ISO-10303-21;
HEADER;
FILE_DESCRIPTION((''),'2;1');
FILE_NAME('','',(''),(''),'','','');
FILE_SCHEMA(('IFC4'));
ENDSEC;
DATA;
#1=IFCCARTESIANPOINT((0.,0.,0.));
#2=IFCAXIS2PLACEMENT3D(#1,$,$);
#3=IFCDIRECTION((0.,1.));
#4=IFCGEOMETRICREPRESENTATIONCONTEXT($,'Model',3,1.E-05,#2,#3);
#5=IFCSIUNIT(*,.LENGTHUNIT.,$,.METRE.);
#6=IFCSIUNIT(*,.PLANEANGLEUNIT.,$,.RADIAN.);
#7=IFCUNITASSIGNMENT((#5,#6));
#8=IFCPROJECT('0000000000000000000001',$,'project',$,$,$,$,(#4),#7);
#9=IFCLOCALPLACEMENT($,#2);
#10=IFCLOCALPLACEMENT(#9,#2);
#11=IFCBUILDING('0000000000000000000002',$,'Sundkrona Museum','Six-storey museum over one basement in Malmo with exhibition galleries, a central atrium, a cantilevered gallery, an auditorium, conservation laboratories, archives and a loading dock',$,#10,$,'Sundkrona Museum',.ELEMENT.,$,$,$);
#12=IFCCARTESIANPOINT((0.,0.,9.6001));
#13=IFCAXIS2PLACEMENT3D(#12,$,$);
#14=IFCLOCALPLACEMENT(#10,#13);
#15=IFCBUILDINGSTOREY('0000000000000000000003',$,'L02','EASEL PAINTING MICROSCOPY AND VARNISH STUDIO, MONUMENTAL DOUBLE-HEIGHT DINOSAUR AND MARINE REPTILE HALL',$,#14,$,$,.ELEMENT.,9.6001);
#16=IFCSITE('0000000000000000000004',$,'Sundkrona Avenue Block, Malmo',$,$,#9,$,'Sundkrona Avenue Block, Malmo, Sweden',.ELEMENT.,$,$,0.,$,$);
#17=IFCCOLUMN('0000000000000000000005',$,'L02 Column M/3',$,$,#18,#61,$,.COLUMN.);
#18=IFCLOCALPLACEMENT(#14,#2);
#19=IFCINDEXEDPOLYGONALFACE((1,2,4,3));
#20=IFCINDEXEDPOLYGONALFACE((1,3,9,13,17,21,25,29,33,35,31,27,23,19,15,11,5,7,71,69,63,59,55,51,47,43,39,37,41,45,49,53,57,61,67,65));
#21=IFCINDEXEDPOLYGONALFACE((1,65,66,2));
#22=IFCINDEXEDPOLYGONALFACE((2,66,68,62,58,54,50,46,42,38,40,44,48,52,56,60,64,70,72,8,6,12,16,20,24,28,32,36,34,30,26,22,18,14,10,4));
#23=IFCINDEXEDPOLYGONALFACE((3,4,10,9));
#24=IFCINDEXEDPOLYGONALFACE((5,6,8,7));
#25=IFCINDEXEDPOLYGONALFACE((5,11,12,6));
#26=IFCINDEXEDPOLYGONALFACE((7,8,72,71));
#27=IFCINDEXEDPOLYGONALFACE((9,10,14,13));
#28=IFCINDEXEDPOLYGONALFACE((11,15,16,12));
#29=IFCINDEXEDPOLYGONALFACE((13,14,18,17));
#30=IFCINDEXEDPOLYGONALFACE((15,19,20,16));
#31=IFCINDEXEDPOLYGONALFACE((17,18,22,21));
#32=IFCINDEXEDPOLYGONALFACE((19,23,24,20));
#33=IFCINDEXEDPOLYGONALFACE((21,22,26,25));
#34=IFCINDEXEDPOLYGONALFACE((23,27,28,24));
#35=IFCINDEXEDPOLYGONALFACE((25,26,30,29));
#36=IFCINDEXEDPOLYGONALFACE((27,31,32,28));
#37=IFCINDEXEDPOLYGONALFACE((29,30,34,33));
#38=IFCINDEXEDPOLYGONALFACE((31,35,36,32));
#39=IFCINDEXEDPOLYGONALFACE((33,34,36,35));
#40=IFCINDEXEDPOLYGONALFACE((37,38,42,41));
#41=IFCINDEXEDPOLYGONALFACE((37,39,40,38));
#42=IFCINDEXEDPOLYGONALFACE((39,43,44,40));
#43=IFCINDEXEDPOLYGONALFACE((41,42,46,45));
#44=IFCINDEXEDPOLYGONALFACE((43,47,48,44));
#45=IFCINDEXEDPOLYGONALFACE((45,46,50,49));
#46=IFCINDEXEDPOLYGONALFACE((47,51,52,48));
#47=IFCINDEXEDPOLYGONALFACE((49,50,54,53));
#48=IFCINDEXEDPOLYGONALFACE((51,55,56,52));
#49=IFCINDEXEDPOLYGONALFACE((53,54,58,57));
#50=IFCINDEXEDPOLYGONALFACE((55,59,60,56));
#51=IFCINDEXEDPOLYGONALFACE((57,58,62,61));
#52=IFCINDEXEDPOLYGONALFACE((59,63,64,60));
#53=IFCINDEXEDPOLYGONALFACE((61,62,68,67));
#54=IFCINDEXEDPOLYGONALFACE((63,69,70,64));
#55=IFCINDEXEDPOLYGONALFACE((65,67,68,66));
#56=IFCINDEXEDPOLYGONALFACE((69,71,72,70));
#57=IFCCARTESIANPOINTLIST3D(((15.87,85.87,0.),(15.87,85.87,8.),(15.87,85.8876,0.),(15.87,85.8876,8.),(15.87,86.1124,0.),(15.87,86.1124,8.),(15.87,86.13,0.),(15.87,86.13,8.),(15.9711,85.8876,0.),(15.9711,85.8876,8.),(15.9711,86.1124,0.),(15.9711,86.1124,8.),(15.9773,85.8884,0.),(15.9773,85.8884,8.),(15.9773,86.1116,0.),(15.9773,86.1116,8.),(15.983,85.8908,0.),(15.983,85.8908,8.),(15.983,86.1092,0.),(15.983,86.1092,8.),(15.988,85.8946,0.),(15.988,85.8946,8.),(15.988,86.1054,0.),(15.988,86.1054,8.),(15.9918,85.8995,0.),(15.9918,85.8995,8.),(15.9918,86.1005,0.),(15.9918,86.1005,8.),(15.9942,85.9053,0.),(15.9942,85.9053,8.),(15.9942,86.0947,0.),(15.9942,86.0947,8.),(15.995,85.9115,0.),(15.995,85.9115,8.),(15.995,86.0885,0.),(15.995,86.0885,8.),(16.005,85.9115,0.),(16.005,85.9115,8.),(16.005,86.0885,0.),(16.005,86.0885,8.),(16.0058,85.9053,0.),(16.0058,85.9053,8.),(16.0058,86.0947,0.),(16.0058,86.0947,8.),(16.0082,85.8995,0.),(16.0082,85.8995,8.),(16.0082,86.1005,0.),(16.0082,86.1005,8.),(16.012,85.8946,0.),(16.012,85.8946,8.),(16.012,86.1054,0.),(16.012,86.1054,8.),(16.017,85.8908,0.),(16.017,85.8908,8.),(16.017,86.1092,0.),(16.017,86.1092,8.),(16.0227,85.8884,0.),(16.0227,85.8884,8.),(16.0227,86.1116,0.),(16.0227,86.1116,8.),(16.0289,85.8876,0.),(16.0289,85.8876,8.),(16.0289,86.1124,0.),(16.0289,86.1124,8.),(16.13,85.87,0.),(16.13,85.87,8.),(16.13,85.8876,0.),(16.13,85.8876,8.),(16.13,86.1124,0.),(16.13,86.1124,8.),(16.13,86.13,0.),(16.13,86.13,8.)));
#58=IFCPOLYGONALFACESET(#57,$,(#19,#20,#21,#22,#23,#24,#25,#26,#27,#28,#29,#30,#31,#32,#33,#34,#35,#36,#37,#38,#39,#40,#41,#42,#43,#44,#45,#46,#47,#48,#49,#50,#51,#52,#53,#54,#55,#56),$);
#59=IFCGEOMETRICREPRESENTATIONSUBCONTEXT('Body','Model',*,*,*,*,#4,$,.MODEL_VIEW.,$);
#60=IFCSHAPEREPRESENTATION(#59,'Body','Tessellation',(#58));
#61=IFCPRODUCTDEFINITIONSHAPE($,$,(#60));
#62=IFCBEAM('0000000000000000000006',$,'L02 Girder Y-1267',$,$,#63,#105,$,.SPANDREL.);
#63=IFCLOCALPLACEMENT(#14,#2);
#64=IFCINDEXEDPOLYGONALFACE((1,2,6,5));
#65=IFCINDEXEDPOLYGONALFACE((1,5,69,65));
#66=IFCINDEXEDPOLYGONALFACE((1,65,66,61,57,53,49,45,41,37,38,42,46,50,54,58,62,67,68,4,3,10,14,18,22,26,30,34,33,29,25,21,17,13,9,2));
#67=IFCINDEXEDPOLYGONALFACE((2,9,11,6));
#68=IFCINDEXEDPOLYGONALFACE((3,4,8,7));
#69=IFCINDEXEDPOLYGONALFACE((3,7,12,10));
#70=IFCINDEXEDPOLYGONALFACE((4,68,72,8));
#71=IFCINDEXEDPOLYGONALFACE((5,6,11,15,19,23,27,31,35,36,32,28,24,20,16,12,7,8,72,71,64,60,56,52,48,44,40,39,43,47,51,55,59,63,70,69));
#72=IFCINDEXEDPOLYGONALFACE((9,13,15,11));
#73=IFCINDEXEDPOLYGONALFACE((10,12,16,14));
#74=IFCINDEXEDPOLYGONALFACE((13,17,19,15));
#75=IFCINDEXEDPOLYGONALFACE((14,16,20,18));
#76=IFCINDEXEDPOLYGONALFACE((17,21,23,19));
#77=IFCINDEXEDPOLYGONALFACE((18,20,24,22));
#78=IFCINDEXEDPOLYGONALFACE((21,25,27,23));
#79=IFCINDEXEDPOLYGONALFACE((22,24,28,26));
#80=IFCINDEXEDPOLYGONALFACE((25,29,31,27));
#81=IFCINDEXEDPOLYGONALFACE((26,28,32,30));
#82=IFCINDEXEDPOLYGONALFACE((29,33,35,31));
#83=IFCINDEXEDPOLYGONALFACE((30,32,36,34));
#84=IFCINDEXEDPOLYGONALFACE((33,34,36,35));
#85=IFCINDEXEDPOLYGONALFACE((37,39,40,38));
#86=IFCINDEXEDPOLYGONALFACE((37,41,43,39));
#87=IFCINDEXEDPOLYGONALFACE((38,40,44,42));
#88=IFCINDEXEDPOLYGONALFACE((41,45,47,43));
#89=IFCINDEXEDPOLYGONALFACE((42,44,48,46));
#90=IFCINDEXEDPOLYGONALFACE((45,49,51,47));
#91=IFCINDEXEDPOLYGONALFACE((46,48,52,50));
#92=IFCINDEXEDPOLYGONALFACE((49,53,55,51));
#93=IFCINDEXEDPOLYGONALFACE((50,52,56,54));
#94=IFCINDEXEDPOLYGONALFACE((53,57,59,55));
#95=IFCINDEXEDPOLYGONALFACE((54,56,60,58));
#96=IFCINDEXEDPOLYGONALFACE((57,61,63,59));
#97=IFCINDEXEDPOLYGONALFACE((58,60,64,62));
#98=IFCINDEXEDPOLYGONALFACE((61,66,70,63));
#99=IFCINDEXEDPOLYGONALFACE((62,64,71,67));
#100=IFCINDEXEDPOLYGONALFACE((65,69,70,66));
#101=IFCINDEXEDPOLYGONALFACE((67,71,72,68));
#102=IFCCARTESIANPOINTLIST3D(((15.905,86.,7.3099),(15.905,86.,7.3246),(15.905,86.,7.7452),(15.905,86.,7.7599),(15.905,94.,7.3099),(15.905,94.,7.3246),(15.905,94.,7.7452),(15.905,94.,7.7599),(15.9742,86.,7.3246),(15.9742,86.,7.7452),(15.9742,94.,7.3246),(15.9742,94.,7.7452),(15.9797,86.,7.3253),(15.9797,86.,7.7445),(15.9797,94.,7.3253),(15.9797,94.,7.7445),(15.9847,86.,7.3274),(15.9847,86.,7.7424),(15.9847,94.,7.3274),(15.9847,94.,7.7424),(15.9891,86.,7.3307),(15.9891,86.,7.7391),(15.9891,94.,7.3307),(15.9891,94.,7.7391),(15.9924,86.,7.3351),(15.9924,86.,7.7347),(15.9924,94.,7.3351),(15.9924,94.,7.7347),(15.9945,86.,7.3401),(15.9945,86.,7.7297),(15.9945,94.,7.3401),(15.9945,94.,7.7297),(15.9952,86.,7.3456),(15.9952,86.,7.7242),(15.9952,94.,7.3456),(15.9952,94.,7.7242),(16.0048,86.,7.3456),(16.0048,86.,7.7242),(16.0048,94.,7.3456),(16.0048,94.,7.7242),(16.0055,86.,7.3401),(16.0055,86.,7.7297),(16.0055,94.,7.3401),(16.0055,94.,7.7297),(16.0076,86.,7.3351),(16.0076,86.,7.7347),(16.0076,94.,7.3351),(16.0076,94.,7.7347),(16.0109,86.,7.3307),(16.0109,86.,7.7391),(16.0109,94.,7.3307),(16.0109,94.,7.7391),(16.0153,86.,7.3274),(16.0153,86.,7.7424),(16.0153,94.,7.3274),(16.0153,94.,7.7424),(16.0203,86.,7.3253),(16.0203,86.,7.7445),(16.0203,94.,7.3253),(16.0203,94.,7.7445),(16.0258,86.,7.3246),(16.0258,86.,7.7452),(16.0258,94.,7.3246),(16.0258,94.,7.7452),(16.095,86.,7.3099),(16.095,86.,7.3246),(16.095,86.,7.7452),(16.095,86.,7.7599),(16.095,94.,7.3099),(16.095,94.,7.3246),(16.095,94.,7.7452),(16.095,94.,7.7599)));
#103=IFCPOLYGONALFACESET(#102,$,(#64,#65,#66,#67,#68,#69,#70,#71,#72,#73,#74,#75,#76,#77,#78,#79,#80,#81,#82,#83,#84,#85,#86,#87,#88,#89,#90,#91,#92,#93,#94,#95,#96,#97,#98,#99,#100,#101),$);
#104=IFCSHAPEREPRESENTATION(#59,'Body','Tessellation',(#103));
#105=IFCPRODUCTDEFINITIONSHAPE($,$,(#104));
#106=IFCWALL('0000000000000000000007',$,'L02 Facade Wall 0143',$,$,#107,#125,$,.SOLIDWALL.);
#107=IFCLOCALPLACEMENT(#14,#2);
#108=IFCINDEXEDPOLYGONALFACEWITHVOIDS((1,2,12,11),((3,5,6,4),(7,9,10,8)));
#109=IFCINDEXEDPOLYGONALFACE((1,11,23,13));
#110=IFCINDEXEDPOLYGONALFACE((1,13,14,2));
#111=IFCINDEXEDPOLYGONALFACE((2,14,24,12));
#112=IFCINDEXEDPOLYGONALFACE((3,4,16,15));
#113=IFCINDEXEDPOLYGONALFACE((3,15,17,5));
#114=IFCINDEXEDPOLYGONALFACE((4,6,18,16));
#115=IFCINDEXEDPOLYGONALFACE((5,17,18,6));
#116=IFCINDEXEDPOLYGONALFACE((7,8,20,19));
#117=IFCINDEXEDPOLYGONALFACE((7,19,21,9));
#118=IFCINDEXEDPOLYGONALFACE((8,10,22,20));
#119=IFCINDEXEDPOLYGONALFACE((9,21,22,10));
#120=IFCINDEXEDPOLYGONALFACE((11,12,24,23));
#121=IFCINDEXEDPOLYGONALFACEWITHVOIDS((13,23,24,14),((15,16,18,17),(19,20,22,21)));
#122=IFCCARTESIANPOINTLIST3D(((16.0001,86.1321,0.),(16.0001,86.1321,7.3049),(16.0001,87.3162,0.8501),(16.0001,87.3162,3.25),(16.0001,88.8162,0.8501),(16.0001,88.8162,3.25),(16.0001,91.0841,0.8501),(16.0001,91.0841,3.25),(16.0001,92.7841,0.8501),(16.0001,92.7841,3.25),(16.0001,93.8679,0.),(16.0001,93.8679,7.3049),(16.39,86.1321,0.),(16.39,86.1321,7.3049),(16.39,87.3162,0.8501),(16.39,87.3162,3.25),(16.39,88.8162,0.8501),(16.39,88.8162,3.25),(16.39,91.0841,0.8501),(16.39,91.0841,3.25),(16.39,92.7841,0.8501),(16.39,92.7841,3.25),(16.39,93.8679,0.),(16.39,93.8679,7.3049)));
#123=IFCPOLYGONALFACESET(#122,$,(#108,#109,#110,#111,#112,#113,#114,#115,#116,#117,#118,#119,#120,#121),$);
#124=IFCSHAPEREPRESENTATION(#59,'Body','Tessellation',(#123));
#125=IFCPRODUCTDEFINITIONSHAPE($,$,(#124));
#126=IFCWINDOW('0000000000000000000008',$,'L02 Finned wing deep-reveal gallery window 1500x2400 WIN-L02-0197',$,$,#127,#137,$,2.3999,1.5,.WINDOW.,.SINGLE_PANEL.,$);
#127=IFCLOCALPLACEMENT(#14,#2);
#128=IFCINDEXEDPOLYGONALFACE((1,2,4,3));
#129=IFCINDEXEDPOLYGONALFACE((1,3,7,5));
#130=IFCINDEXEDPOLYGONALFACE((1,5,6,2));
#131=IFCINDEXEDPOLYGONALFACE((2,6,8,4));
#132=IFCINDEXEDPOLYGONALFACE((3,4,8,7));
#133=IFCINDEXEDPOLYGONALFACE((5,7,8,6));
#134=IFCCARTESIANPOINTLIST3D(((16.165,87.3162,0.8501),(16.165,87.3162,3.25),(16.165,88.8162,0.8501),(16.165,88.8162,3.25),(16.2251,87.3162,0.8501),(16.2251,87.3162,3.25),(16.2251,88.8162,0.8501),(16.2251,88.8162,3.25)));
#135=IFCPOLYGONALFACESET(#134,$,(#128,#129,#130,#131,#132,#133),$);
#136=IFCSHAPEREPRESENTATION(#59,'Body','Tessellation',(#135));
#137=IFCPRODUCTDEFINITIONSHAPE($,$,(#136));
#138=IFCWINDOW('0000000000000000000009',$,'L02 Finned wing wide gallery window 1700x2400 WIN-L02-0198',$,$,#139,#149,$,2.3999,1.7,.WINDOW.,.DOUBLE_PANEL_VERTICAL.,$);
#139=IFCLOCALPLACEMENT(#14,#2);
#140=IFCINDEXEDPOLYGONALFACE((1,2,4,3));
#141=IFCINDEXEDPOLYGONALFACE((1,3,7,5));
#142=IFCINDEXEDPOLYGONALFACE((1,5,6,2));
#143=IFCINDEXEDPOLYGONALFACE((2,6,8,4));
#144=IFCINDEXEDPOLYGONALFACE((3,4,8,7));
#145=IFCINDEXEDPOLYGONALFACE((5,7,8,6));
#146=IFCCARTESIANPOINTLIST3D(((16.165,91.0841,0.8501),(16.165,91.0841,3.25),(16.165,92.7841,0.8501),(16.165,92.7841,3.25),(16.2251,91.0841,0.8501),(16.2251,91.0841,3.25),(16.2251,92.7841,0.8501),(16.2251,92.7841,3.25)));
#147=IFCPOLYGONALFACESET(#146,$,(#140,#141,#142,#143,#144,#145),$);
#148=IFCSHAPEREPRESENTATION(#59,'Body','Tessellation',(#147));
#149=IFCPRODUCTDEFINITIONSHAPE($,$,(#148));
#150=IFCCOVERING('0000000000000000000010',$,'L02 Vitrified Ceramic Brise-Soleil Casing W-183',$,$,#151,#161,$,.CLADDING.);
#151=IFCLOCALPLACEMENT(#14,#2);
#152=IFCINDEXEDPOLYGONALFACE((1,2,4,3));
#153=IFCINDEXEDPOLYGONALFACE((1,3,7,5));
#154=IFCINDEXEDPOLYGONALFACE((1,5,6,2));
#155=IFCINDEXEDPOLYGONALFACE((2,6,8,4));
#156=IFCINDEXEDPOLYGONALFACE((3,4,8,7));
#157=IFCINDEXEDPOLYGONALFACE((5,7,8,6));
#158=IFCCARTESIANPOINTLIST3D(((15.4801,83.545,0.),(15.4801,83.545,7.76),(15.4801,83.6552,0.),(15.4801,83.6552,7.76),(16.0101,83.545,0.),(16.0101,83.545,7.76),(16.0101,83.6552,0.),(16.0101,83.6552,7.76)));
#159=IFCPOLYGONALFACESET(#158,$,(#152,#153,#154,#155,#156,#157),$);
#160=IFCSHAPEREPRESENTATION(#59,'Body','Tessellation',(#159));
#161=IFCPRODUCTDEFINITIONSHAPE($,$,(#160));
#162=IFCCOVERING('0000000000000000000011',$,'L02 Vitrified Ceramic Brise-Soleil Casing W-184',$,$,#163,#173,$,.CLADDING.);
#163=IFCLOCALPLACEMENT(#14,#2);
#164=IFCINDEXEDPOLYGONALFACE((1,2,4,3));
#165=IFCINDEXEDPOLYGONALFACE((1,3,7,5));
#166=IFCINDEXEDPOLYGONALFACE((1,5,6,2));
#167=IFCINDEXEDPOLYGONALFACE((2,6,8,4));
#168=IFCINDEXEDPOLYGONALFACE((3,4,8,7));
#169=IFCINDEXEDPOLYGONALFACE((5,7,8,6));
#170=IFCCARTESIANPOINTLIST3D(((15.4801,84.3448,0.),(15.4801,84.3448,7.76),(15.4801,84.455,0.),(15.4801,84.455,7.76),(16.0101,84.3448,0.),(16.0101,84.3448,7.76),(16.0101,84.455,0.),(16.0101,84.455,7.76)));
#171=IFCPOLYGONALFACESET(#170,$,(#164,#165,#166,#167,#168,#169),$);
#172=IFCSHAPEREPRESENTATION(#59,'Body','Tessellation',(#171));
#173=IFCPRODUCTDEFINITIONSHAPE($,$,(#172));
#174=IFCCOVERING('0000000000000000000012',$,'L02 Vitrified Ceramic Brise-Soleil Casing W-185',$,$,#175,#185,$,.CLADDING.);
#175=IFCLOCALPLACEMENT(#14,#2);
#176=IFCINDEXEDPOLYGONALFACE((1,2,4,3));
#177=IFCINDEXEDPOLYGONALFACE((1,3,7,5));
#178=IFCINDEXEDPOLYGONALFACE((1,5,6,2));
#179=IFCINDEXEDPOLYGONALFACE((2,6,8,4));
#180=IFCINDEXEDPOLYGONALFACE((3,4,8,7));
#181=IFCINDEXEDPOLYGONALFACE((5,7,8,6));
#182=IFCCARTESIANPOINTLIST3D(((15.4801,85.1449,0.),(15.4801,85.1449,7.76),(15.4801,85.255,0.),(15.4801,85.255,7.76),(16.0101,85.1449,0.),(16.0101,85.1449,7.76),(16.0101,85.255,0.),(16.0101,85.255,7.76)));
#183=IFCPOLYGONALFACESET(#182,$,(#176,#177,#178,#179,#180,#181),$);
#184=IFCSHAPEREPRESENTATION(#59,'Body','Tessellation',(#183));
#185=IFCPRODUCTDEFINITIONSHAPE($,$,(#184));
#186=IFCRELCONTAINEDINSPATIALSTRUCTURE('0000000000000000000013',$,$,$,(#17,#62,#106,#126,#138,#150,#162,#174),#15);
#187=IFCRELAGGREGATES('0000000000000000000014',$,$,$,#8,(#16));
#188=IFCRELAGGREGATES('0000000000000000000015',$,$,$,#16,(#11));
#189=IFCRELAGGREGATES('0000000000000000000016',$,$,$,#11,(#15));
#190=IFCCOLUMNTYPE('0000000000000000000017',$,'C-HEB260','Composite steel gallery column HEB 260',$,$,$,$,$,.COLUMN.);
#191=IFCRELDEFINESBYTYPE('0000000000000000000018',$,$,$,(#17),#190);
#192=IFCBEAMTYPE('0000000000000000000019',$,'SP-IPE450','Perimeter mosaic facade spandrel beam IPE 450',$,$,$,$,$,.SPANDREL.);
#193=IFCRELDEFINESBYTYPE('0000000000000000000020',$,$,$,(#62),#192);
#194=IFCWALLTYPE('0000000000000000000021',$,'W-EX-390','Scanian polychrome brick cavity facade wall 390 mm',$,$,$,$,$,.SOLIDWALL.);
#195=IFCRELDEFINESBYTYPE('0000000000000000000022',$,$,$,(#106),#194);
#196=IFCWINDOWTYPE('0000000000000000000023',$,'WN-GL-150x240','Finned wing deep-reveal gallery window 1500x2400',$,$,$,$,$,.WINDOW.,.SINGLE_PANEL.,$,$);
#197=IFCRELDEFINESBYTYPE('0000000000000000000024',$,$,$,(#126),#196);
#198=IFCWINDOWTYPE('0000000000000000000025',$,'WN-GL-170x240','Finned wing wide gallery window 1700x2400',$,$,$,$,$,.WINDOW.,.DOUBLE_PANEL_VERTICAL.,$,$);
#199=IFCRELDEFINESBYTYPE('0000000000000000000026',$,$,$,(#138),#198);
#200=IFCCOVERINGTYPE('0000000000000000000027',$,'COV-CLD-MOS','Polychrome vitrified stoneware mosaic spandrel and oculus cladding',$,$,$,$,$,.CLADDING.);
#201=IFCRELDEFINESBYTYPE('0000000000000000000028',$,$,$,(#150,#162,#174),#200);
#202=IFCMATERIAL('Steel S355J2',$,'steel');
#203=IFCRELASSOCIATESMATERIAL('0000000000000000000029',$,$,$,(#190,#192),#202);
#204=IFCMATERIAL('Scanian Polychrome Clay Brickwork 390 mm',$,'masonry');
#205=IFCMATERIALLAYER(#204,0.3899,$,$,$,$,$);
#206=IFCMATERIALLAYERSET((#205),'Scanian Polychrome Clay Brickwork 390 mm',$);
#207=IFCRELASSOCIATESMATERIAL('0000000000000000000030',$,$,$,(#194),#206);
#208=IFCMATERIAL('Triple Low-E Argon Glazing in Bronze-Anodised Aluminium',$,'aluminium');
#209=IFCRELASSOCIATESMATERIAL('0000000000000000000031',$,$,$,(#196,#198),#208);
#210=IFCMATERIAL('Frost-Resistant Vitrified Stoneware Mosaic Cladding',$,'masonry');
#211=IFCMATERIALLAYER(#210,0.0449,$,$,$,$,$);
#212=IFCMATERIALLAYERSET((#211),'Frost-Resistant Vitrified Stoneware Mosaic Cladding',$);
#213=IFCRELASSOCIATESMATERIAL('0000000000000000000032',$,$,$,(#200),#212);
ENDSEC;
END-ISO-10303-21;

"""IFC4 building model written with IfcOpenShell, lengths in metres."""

from ifc_helpers import new_model, si_unit, direction, frame, frame_2d, origin, origin_2d, place, context, subcontext, project, spatial, rectangle, i_section, extrude, material, layer, layer_set, material_profile, profile_set, type_object, element, fill, save


model = new_model("IFC4")

# Units and contexts
model_context = context("Model", 3, precision=1e-05, world=origin(), true_north=direction((0.0, 1.0)))
body_context = subcontext(model_context, "Body", "Model", "MODEL_VIEW")
ifc_project = project(units=[si_unit("LENGTHUNIT", "METRE"), si_unit("PLANEANGLEUNIT", "RADIAN")], contexts=[model_context])

# Site, building, storey
site_placement = place(None, origin())
site = spatial("IfcSite", under=ifc_project, at=site_placement, Name="Sundkrona Avenue Block, Malmo", LongName="Sundkrona Avenue Block, Malmo, Sweden", CompositionType="ELEMENT", RefElevation=0.0)
building_placement = place(site_placement, origin())
building = spatial("IfcBuilding", under=site, at=building_placement, Name="Sundkrona Museum", Description="Six-storey museum over one basement in Malmo with exhibition galleries, a central atrium, a cantilevered gallery, an auditorium, conservation laboratories, archives and a loading dock", LongName="Sundkrona Museum", CompositionType="ELEMENT")
storey_placement = place(building_placement, frame((0.0, 0.0, 9.6001)))
storey = spatial("IfcBuildingStorey", under=building, at=storey_placement, Name="L02", Description="EASEL PAINTING MICROSCOPY AND VARNISH STUDIO, MONUMENTAL DOUBLE-HEIGHT DINOSAUR AND MARINE REPTILE HALL", CompositionType="ELEMENT", Elevation=9.6001)

# Column
ifc_material_1 = material(Name="Steel S355J2", Category="steel")
ifc_material_profile_1 = material_profile(ifc_material_1, i_section(OverallWidth=0.26, OverallDepth=0.26, WebThickness=0.01, FlangeThickness=0.0176, FilletRadius=0.0239, at=origin_2d()), Name="HEB 260")
ifc_profile_set_1 = profile_set([ifc_material_profile_1], Name="Steel S355J2")
column_type = type_object("IfcColumnType", Name="C-HEB260", Description="Composite steel gallery column HEB 260", PredefinedType="COLUMN", material=ifc_profile_set_1)
column_placement = place(storey_placement, frame((16.0, 86.0, 0.0), z_axis=(0.0, 0.0, 1.0), x_axis=(1.0, 0.0, 0.0)))
element("IfcColumn", 1, at=column_placement, inside=storey, type_object=column_type, Name="L02 Column M/3", PredefinedType="COLUMN", context=body_context, shape_type="SweptSolid", body=[
    extrude(i_section(OverallWidth=0.26, OverallDepth=0.26, WebThickness=0.01, FlangeThickness=0.0176, FilletRadius=0.0239, at=origin_2d()), origin(), (0.0, 0.0, 1.0), 8.0),
])

# Beam
ifc_material_profile_2 = material_profile(ifc_material_1, i_section(OverallWidth=0.1899, OverallDepth=0.45, WebThickness=0.0095, FlangeThickness=0.0146, FilletRadius=0.021, at=origin_2d()), Name="IPE 450")
ifc_profile_set_2 = profile_set([ifc_material_profile_2], Name="Steel S355J2")
beam_type = type_object("IfcBeamType", Name="SP-IPE450", Description="Perimeter mosaic facade spandrel beam IPE 450", PredefinedType="SPANDREL", material=ifc_profile_set_2)
beam_placement = place(storey_placement, frame((16.0, 86.0, 7.5349), z_axis=(0.0, 1.0, 0.0), x_axis=(-1.0, 0.0, 0.0)))
element("IfcBeam", 2, at=beam_placement, inside=storey, type_object=beam_type, Name="L02 Girder Y-1267", PredefinedType="SPANDREL", context=body_context, shape_type="SweptSolid", body=[
    extrude(i_section(OverallWidth=0.1899, OverallDepth=0.45, WebThickness=0.0095, FlangeThickness=0.0146, FilletRadius=0.021, at=origin_2d()), origin(), (0.0, 0.0, 1.0), 8.0),
])

# Wall, openings, windows
ifc_material_2 = material(Name="Scanian Polychrome Clay Brickwork 390 mm", Category="masonry")
ifc_layer_1 = layer(ifc_material_2, 0.3899)
ifc_layer_set_1 = layer_set([ifc_layer_1], Name="Scanian Polychrome Clay Brickwork 390 mm")
wall_type = type_object("IfcWallType", Name="W-EX-390", Description="Scanian polychrome brick cavity facade wall 390 mm", PredefinedType="SOLIDWALL", material=ifc_layer_set_1)
wall_placement = place(storey_placement, frame((16.1951, 86.1321, 0.0), z_axis=(0.0, 0.0, 1.0), x_axis=(0.0, 1.0, 0.0)))
wall = element("IfcWall", 3, at=wall_placement, inside=storey, type_object=wall_type, Name="L02 Facade Wall 0143", PredefinedType="SOLIDWALL", context=body_context, shape_type="SweptSolid", body=[
    extrude(rectangle(XDim=7.7358, YDim=0.3899, at=frame_2d((3.8679, 0.0))), origin(), (0.0, 0.0, 1.0), 7.3049),
])
opening_1_placement = place(wall_placement, frame((1.1841, 0.0, 0.8501)))
opening_1 = element("IfcOpeningElement", 4, at=opening_1_placement, cuts=wall, PredefinedType="OPENING", context=body_context, shape_type="SweptSolid", body=[
    extrude(rectangle(XDim=1.5, YDim=2.3999, at=frame_2d((0.75, 1.2))), frame((0.0, 0.2048, 0.0), z_axis=(0.0, -1.0, 0.0), x_axis=(1.0, 0.0, 0.0)), (0.0, 0.0, 1.0), 0.4099),
])
opening_2_placement = place(wall_placement, frame((4.9519, 0.0, 0.8501)))
opening_2 = element("IfcOpeningElement", 5, at=opening_2_placement, cuts=wall, PredefinedType="OPENING", context=body_context, shape_type="SweptSolid", body=[
    extrude(rectangle(XDim=1.7, YDim=2.3999, at=frame_2d((0.8501, 1.2))), frame((0.0, 0.2048, 0.0), z_axis=(0.0, -1.0, 0.0), x_axis=(1.0, 0.0, 0.0)), (0.0, 0.0, 1.0), 0.4099),
])
ifc_material_3 = material(Name="Triple Low-E Argon Glazing in Bronze-Anodised Aluminium", Category="aluminium")
window_type_1 = type_object("IfcWindowType", Name="WN-GL-150x240", Description="Finned wing deep-reveal gallery window 1500x2400", PartitioningType="SINGLE_PANEL", PredefinedType="WINDOW", material=ifc_material_3)
window_1_placement = place(opening_1_placement, origin())
window_1 = element("IfcWindow", 6, at=window_1_placement, inside=storey, type_object=window_type_1, Name="L02 Finned wing deep-reveal gallery window 1500x2400 WIN-L02-0197", OverallHeight=2.3999, OverallWidth=1.5, PartitioningType="SINGLE_PANEL", PredefinedType="WINDOW", context=body_context, shape_type="SweptSolid", body=[
    extrude(rectangle(XDim=1.5, YDim=2.3999, at=frame_2d((0.75, 1.2))), frame((0.0, 0.03, 0.0), z_axis=(0.0, -1.0, 0.0), x_axis=(1.0, 0.0, 0.0)), (0.0, 0.0, 1.0), 0.0601),
])
fill(opening_1, window_1)
window_type_2 = type_object("IfcWindowType", Name="WN-GL-170x240", Description="Finned wing wide gallery window 1700x2400", PartitioningType="DOUBLE_PANEL_VERTICAL", PredefinedType="WINDOW", material=ifc_material_3)
window_2_placement = place(opening_2_placement, origin())
window_2 = element("IfcWindow", 7, at=window_2_placement, inside=storey, type_object=window_type_2, Name="L02 Finned wing wide gallery window 1700x2400 WIN-L02-0198", OverallHeight=2.3999, OverallWidth=1.7, PartitioningType="DOUBLE_PANEL_VERTICAL", PredefinedType="WINDOW", context=body_context, shape_type="SweptSolid", body=[
    extrude(rectangle(XDim=1.7, YDim=2.3999, at=frame_2d((0.8501, 1.2))), frame((0.0, 0.03, 0.0), z_axis=(0.0, -1.0, 0.0), x_axis=(1.0, 0.0, 0.0)), (0.0, 0.0, 1.0), 0.0601),
])
fill(opening_2, window_2)

# Coverings
ifc_material_4 = material(Name="Frost-Resistant Vitrified Stoneware Mosaic Cladding", Category="masonry")
ifc_layer_2 = layer(ifc_material_4, 0.0449)
ifc_layer_set_2 = layer_set([ifc_layer_2], Name="Frost-Resistant Vitrified Stoneware Mosaic Cladding")
covering_type = type_object("IfcCoveringType", Name="COV-CLD-MOS", Description="Polychrome vitrified stoneware mosaic spandrel and oculus cladding", PredefinedType="CLADDING", material=ifc_layer_set_2)
for number, where, z_axis, x_axis, name in (
    (8, (15.7451, 83.6001, 0.0), (0.0, 0.0, 1.0), (1.0, 0.0, 0.0), "L02 Vitrified Ceramic Brise-Soleil Casing W-183"),
    (9, (15.7451, 84.3999, 0.0), (0.0, 0.0, 1.0), (1.0, 0.0, 0.0), "L02 Vitrified Ceramic Brise-Soleil Casing W-184"),
    (10, (15.7451, 85.2, 0.0), (0.0, 0.0, 1.0), (1.0, 0.0, 0.0), "L02 Vitrified Ceramic Brise-Soleil Casing W-185"),
):
    element("IfcCovering", number, at=place(storey_placement, frame(where, z_axis=z_axis, x_axis=x_axis)), inside=storey, type_object=covering_type, Name=name, PredefinedType="CLADDING", context=body_context, shape_type="SweptSolid", body=[
        extrude(rectangle(XDim=0.53, YDim=0.1101, at=origin_2d()), origin(), (0.0, 0.0, 1.0), 7.76),
    ])

save(model, "model.ifc")
